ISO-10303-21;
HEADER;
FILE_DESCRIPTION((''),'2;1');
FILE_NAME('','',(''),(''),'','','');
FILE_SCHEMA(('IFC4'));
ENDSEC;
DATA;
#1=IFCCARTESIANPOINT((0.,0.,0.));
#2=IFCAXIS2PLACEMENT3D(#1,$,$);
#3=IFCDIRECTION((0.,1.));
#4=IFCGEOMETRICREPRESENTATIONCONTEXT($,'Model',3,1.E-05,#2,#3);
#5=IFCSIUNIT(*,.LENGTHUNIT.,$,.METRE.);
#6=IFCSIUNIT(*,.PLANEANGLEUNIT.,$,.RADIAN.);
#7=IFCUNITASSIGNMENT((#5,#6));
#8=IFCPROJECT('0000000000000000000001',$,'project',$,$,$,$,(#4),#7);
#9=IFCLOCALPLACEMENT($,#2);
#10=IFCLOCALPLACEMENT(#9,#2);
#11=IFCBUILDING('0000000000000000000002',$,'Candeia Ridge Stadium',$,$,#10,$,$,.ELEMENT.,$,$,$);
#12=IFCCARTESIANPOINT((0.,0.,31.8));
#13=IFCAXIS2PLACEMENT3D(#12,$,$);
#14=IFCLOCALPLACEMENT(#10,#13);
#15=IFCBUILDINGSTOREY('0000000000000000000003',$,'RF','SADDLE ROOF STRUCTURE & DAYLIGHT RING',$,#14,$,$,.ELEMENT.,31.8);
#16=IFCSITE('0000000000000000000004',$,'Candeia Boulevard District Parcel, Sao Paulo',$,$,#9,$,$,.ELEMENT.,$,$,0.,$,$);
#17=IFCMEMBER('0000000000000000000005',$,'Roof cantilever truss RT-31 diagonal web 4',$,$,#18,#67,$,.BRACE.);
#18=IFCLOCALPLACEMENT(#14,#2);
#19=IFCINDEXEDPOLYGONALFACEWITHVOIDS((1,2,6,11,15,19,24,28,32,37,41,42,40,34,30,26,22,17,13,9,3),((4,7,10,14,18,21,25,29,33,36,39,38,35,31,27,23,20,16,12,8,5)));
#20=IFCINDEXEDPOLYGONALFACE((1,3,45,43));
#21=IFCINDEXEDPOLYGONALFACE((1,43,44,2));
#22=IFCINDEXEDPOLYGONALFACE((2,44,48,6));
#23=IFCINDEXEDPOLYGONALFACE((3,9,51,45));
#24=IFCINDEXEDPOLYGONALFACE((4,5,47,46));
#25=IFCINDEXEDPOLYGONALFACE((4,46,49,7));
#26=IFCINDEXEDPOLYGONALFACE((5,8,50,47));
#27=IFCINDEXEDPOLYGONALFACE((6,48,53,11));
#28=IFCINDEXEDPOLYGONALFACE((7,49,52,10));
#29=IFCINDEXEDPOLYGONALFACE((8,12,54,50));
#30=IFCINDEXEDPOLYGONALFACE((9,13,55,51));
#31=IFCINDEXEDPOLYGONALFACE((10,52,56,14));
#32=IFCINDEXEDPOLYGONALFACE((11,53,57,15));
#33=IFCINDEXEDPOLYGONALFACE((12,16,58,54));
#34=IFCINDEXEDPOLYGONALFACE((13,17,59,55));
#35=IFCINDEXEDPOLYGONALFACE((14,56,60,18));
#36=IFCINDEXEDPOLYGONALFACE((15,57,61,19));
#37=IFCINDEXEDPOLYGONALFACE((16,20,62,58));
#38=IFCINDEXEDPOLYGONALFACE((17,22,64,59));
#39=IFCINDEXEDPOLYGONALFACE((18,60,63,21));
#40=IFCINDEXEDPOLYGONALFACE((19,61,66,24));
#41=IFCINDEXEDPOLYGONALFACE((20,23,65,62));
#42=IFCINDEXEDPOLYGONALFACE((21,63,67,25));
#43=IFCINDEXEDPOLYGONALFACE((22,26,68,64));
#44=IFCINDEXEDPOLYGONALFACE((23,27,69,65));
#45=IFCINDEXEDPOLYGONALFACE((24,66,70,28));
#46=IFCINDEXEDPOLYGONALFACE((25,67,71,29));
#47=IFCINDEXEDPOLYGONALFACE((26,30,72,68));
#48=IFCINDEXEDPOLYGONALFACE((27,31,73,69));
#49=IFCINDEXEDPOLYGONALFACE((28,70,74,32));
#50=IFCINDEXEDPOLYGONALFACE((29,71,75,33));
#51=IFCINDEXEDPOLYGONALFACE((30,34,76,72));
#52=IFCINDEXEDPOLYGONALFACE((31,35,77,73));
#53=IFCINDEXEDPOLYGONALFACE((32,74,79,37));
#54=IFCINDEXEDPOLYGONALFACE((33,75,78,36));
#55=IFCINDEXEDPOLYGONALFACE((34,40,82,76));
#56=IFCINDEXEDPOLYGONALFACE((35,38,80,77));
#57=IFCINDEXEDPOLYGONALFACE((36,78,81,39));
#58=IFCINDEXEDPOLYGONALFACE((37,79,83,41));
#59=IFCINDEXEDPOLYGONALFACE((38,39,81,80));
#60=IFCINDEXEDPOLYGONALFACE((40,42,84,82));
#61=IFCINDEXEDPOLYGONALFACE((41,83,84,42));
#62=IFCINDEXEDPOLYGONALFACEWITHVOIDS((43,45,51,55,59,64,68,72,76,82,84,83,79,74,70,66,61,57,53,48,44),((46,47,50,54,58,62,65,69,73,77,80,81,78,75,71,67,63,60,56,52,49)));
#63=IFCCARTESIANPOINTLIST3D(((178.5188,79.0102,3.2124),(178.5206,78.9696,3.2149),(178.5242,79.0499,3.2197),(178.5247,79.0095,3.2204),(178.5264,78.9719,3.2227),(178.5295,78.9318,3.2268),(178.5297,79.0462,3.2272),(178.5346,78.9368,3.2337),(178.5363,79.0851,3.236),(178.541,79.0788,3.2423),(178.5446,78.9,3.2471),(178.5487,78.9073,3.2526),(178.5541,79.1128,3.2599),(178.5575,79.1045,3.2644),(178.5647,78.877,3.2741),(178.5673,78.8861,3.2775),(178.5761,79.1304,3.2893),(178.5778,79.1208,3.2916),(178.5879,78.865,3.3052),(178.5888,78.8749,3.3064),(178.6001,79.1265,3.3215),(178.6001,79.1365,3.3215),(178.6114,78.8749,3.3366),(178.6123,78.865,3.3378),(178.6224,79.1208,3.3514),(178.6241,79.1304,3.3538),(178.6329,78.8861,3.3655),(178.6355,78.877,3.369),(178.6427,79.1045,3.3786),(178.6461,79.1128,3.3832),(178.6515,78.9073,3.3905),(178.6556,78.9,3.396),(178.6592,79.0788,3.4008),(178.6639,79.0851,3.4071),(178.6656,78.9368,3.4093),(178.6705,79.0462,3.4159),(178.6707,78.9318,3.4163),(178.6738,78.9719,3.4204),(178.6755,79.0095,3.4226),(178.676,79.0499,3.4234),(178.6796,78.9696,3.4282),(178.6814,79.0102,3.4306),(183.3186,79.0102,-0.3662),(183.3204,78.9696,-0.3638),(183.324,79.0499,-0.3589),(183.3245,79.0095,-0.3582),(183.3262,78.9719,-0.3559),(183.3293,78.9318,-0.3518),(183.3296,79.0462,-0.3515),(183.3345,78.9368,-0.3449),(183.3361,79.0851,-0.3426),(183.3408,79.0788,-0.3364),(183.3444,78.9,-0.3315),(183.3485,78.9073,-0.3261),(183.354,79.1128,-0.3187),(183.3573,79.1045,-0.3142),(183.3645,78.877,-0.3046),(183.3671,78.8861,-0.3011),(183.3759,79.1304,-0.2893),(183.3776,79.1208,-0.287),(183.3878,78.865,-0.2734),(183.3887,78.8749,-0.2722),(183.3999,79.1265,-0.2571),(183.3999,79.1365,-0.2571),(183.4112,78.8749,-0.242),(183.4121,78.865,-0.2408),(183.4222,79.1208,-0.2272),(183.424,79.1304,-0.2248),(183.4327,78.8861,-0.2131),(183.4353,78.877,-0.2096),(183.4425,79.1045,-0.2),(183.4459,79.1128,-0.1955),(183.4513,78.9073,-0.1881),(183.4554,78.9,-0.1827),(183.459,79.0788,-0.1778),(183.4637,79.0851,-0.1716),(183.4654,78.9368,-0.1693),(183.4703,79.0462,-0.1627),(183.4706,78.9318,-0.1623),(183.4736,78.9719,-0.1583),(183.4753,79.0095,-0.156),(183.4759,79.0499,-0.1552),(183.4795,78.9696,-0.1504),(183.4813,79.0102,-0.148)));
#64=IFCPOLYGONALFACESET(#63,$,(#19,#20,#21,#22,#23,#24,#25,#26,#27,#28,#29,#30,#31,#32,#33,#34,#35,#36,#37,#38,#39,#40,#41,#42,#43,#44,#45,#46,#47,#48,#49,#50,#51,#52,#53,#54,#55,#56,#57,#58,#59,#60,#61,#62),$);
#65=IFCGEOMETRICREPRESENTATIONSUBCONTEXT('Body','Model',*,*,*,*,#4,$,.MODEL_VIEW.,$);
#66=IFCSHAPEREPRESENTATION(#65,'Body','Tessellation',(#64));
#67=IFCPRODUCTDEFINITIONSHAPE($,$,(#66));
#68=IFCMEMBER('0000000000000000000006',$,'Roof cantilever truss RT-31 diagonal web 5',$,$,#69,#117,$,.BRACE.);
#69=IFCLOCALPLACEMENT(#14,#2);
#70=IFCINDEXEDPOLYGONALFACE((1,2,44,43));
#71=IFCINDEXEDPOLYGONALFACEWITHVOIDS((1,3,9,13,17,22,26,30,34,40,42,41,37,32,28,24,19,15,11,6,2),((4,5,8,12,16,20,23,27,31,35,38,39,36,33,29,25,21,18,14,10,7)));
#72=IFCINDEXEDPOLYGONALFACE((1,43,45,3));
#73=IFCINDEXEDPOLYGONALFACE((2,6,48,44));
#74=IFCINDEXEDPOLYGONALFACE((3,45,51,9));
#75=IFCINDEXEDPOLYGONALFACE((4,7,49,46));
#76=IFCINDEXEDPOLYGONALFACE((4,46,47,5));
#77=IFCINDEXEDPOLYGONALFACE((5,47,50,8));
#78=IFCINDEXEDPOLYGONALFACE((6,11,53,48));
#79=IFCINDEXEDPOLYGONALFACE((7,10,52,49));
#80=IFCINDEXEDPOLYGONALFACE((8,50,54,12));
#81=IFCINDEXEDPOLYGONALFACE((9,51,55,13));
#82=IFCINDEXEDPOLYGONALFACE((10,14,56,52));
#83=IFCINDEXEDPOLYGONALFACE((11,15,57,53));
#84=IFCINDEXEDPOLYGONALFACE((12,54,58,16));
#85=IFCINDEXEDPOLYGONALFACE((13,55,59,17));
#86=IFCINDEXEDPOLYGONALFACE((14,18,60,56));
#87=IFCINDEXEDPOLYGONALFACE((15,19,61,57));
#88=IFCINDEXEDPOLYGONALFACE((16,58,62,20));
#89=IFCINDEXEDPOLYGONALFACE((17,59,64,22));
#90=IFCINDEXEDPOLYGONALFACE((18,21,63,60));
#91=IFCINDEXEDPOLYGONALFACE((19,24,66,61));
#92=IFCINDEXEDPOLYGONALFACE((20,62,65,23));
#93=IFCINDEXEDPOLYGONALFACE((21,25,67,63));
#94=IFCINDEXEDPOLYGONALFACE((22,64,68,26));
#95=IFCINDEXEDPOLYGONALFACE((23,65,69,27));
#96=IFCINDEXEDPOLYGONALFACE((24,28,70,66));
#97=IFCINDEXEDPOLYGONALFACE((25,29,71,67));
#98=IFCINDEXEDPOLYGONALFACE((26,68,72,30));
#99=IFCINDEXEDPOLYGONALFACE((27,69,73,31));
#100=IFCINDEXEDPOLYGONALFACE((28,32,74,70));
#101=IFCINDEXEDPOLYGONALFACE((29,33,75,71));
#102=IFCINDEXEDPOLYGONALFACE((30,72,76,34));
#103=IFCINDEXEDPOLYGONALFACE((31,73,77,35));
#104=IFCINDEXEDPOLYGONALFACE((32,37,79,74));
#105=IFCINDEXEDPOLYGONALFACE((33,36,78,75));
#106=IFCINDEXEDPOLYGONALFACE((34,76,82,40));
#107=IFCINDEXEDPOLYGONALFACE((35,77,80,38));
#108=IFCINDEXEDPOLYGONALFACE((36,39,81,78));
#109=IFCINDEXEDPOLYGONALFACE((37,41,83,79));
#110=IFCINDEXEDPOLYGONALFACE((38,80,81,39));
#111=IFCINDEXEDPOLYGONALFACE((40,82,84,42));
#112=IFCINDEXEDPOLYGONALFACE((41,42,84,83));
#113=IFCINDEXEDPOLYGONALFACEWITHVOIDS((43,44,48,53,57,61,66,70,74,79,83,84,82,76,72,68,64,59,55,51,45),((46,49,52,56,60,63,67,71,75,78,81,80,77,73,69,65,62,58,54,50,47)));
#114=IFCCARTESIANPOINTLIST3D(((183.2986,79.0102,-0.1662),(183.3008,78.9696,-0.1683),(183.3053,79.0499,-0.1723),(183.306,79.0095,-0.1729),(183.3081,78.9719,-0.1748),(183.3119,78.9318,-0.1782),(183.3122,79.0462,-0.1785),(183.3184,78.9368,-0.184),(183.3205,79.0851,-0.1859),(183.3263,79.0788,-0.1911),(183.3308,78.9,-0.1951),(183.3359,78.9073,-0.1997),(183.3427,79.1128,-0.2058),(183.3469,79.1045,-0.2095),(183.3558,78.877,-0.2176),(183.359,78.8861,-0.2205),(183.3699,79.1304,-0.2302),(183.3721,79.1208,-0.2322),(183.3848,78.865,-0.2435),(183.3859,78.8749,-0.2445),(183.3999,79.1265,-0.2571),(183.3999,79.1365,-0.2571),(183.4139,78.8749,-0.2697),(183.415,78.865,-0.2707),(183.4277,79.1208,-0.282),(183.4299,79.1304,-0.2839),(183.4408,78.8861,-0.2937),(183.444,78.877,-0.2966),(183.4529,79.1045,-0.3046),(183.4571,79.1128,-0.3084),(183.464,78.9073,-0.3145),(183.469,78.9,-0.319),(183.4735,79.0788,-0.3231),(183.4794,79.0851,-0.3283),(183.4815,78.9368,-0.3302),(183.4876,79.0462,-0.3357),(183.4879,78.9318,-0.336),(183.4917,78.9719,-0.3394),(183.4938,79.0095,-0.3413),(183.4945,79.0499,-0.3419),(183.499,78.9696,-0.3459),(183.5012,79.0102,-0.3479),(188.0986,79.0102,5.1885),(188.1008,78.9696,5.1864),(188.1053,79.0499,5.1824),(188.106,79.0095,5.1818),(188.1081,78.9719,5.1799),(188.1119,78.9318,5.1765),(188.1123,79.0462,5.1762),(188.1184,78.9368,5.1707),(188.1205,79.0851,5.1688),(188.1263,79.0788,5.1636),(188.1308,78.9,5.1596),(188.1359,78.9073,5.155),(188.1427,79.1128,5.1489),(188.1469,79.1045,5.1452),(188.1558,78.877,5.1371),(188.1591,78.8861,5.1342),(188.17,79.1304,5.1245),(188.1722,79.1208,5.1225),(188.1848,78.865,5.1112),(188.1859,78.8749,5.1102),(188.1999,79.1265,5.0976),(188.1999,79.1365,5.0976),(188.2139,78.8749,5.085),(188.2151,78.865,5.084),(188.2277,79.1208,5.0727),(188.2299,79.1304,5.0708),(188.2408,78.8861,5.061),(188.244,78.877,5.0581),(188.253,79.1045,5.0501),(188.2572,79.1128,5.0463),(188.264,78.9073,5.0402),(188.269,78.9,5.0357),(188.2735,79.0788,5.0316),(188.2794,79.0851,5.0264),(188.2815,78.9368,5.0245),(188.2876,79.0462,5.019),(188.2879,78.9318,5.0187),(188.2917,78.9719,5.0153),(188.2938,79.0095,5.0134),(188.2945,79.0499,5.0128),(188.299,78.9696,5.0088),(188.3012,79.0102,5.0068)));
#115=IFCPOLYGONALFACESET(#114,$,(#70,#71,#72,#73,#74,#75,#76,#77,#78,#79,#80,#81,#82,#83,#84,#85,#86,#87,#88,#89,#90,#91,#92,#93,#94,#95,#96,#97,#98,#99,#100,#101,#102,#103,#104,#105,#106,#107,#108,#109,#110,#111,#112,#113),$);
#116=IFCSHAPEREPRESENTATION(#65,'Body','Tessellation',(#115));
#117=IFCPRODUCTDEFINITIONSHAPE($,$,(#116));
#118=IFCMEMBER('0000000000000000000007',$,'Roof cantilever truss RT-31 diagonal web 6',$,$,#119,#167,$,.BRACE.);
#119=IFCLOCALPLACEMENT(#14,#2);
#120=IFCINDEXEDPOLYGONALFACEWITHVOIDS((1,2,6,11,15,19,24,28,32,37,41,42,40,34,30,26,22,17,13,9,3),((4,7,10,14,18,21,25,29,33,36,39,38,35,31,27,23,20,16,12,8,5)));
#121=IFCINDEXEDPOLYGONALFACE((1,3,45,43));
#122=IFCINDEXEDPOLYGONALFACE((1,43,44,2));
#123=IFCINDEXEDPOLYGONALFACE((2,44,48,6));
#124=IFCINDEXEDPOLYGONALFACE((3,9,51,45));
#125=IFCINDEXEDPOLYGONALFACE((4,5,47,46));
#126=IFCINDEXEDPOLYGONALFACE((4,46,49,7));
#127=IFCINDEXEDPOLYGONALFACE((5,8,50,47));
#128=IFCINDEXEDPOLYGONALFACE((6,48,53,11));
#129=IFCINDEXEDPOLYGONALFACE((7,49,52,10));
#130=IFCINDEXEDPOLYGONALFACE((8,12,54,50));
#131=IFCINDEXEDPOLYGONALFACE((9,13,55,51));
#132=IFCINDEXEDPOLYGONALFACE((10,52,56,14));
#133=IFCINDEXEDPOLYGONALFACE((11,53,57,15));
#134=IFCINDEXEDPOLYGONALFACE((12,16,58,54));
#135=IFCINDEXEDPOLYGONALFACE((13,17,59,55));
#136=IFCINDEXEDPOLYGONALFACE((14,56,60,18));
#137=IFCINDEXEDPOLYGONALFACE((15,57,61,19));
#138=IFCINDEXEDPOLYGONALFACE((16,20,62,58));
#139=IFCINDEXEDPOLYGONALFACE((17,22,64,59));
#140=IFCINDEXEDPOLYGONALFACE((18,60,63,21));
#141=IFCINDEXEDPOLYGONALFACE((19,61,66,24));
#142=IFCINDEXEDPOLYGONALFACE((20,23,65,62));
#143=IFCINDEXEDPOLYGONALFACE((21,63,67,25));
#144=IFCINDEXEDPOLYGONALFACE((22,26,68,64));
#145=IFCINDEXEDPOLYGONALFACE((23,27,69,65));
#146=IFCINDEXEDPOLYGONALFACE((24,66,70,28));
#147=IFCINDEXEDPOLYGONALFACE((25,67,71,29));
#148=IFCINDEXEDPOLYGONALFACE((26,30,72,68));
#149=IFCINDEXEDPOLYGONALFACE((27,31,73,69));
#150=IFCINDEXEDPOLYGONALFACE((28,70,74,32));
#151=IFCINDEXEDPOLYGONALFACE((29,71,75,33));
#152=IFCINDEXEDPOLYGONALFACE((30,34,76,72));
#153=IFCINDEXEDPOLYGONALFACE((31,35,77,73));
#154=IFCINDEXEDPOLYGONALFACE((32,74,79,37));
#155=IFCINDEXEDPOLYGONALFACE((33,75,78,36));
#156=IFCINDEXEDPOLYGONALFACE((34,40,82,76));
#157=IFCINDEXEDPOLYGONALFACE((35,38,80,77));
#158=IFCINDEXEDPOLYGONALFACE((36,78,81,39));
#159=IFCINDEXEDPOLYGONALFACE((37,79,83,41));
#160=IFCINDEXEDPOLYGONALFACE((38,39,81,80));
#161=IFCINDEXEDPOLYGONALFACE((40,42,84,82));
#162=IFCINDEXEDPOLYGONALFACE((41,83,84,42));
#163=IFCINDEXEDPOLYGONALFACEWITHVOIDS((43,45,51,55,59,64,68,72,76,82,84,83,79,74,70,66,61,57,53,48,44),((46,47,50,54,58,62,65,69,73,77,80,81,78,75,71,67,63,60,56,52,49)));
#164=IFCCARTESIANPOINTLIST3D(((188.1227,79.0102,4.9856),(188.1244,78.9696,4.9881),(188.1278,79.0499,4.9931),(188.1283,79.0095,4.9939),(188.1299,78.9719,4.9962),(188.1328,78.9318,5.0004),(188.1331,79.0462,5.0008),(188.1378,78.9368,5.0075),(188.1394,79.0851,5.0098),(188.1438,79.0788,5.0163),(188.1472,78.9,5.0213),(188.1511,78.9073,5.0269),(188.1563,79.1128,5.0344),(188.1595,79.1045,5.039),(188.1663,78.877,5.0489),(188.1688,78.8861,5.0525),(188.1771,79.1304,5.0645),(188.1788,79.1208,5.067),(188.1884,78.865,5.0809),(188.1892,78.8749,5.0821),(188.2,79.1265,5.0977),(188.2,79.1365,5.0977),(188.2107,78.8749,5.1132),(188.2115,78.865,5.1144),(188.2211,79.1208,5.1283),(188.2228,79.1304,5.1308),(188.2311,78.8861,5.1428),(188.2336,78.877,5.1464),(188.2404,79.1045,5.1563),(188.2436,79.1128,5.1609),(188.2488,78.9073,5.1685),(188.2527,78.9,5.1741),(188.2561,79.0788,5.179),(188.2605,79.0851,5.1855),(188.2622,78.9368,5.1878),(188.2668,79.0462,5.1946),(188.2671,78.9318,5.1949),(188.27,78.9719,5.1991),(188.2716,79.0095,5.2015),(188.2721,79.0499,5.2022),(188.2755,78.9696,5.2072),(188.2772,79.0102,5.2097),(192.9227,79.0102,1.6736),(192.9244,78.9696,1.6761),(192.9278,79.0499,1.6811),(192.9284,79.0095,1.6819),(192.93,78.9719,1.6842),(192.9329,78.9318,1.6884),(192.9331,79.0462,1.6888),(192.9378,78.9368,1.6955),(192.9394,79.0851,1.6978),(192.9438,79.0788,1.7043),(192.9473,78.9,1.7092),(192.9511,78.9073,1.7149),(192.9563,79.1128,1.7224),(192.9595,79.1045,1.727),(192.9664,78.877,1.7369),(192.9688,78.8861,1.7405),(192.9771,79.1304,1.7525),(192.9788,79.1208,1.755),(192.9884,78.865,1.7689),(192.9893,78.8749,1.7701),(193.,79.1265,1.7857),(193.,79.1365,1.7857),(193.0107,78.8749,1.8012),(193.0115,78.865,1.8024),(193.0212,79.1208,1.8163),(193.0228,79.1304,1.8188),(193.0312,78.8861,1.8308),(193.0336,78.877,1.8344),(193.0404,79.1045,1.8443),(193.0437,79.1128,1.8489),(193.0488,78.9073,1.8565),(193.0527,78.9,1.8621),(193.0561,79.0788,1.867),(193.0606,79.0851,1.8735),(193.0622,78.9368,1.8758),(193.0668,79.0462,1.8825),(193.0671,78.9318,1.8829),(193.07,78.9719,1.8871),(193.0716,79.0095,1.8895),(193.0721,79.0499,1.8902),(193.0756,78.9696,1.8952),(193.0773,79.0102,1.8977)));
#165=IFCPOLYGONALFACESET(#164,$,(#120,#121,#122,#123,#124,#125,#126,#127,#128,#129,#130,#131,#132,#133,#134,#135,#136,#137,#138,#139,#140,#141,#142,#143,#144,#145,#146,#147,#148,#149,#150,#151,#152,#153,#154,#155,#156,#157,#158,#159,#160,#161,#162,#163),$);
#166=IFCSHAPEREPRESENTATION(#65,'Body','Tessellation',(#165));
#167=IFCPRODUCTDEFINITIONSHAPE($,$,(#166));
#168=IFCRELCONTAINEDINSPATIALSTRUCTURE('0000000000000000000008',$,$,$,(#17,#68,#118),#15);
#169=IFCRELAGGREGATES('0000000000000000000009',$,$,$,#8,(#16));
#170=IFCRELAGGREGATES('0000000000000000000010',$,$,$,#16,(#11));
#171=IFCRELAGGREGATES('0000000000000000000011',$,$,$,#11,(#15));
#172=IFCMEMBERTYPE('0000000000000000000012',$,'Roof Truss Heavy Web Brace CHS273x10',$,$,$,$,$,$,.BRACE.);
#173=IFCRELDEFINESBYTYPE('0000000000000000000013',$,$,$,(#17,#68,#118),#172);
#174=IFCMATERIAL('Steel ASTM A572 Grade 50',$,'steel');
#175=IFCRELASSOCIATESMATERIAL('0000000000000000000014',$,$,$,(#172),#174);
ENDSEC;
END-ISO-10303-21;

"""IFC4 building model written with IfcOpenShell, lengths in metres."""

from ifc_helpers import new_model, si_unit, direction, frame, origin, origin_2d, place, context, subcontext, project, spatial, hollow_circle, extrude, material, material_profile, profile_set, type_object, element, save


model = new_model("IFC4")

# Units and contexts
model_context = context("Model", 3, precision=1e-05, world=origin(), true_north=direction((0.0, 1.0)))
body_context = subcontext(model_context, "Body", "Model", "MODEL_VIEW")
ifc_project = project(units=[si_unit("LENGTHUNIT", "METRE"), si_unit("PLANEANGLEUNIT", "RADIAN")], contexts=[model_context])

# Site, building, storey
site_placement = place(None, origin())
site = spatial("IfcSite", under=ifc_project, at=site_placement, Name="Candeia Boulevard District Parcel, Sao Paulo", CompositionType="ELEMENT", RefElevation=0.0)
building_placement = place(site_placement, origin())
building = spatial("IfcBuilding", under=site, at=building_placement, Name="Candeia Ridge Stadium", CompositionType="ELEMENT")
storey_placement = place(building_placement, frame((0.0, 0.0, 31.8)))
storey = spatial("IfcBuildingStorey", under=building, at=storey_placement, Name="RF", Description="SADDLE ROOF STRUCTURE & DAYLIGHT RING", CompositionType="ELEMENT", Elevation=31.8)

# Shared definitions
ifc_material_1 = material(Name="Steel ASTM A572 Grade 50", Category="steel")

# Members
ifc_material_profile_1 = material_profile(ifc_material_1, hollow_circle(Radius=0.1365, WallThickness=0.01, at=origin_2d()), Name="CHS273x10", Category="steel")
ifc_profile_set_1 = profile_set([ifc_material_profile_1], Name="Steel ASTM A572 Grade 50")
member_type_1 = type_object("IfcMemberType", Name="Roof Truss Heavy Web Brace CHS273x10", PredefinedType="BRACE", material=ifc_profile_set_1)
member_1_placement = place(storey_placement, frame((178.6001, 79.0, 3.3215), z_axis=(0.8017, 0.0, -0.597727), x_axis=(0.0, 1.0, 0.0)))
element("IfcMember", 1, at=member_1_placement, inside=storey, type_object=member_type_1, Name="Roof cantilever truss RT-31 diagonal web 4", PredefinedType="BRACE", context=body_context, shape_type="SweptSolid", body=[
    extrude(hollow_circle(Radius=0.1365, WallThickness=0.01, at=origin_2d()), origin(), (0.0, 0.0, 1.0), 5.9871),
])
member_2_placement = place(storey_placement, frame((183.3999, 79.0, -0.2571), z_axis=(0.667487, 0.0, 0.744621), x_axis=(0.0, 1.0, 0.0)))
element("IfcMember", 2, at=member_2_placement, inside=storey, type_object=member_type_1, Name="Roof cantilever truss RT-31 diagonal web 5", PredefinedType="BRACE", context=body_context, shape_type="SweptSolid", body=[
    extrude(hollow_circle(Radius=0.1365, WallThickness=0.01, at=origin_2d()), origin(), (0.0, 0.0, 1.0), 7.1912),
])
member_3_placement = place(storey_placement, frame((188.2, 79.0, 5.0977), z_axis=(0.823082, 0.0, -0.567923), x_axis=(0.0, 1.0, 0.0)))
element("IfcMember", 3, at=member_3_placement, inside=storey, type_object=member_type_1, Name="Roof cantilever truss RT-31 diagonal web 6", PredefinedType="BRACE", context=body_context, shape_type="SweptSolid", body=[
    extrude(hollow_circle(Radius=0.1365, WallThickness=0.01, at=origin_2d()), origin(), (0.0, 0.0, 1.0), 5.8318),
])

save(model, "model.ifc")
